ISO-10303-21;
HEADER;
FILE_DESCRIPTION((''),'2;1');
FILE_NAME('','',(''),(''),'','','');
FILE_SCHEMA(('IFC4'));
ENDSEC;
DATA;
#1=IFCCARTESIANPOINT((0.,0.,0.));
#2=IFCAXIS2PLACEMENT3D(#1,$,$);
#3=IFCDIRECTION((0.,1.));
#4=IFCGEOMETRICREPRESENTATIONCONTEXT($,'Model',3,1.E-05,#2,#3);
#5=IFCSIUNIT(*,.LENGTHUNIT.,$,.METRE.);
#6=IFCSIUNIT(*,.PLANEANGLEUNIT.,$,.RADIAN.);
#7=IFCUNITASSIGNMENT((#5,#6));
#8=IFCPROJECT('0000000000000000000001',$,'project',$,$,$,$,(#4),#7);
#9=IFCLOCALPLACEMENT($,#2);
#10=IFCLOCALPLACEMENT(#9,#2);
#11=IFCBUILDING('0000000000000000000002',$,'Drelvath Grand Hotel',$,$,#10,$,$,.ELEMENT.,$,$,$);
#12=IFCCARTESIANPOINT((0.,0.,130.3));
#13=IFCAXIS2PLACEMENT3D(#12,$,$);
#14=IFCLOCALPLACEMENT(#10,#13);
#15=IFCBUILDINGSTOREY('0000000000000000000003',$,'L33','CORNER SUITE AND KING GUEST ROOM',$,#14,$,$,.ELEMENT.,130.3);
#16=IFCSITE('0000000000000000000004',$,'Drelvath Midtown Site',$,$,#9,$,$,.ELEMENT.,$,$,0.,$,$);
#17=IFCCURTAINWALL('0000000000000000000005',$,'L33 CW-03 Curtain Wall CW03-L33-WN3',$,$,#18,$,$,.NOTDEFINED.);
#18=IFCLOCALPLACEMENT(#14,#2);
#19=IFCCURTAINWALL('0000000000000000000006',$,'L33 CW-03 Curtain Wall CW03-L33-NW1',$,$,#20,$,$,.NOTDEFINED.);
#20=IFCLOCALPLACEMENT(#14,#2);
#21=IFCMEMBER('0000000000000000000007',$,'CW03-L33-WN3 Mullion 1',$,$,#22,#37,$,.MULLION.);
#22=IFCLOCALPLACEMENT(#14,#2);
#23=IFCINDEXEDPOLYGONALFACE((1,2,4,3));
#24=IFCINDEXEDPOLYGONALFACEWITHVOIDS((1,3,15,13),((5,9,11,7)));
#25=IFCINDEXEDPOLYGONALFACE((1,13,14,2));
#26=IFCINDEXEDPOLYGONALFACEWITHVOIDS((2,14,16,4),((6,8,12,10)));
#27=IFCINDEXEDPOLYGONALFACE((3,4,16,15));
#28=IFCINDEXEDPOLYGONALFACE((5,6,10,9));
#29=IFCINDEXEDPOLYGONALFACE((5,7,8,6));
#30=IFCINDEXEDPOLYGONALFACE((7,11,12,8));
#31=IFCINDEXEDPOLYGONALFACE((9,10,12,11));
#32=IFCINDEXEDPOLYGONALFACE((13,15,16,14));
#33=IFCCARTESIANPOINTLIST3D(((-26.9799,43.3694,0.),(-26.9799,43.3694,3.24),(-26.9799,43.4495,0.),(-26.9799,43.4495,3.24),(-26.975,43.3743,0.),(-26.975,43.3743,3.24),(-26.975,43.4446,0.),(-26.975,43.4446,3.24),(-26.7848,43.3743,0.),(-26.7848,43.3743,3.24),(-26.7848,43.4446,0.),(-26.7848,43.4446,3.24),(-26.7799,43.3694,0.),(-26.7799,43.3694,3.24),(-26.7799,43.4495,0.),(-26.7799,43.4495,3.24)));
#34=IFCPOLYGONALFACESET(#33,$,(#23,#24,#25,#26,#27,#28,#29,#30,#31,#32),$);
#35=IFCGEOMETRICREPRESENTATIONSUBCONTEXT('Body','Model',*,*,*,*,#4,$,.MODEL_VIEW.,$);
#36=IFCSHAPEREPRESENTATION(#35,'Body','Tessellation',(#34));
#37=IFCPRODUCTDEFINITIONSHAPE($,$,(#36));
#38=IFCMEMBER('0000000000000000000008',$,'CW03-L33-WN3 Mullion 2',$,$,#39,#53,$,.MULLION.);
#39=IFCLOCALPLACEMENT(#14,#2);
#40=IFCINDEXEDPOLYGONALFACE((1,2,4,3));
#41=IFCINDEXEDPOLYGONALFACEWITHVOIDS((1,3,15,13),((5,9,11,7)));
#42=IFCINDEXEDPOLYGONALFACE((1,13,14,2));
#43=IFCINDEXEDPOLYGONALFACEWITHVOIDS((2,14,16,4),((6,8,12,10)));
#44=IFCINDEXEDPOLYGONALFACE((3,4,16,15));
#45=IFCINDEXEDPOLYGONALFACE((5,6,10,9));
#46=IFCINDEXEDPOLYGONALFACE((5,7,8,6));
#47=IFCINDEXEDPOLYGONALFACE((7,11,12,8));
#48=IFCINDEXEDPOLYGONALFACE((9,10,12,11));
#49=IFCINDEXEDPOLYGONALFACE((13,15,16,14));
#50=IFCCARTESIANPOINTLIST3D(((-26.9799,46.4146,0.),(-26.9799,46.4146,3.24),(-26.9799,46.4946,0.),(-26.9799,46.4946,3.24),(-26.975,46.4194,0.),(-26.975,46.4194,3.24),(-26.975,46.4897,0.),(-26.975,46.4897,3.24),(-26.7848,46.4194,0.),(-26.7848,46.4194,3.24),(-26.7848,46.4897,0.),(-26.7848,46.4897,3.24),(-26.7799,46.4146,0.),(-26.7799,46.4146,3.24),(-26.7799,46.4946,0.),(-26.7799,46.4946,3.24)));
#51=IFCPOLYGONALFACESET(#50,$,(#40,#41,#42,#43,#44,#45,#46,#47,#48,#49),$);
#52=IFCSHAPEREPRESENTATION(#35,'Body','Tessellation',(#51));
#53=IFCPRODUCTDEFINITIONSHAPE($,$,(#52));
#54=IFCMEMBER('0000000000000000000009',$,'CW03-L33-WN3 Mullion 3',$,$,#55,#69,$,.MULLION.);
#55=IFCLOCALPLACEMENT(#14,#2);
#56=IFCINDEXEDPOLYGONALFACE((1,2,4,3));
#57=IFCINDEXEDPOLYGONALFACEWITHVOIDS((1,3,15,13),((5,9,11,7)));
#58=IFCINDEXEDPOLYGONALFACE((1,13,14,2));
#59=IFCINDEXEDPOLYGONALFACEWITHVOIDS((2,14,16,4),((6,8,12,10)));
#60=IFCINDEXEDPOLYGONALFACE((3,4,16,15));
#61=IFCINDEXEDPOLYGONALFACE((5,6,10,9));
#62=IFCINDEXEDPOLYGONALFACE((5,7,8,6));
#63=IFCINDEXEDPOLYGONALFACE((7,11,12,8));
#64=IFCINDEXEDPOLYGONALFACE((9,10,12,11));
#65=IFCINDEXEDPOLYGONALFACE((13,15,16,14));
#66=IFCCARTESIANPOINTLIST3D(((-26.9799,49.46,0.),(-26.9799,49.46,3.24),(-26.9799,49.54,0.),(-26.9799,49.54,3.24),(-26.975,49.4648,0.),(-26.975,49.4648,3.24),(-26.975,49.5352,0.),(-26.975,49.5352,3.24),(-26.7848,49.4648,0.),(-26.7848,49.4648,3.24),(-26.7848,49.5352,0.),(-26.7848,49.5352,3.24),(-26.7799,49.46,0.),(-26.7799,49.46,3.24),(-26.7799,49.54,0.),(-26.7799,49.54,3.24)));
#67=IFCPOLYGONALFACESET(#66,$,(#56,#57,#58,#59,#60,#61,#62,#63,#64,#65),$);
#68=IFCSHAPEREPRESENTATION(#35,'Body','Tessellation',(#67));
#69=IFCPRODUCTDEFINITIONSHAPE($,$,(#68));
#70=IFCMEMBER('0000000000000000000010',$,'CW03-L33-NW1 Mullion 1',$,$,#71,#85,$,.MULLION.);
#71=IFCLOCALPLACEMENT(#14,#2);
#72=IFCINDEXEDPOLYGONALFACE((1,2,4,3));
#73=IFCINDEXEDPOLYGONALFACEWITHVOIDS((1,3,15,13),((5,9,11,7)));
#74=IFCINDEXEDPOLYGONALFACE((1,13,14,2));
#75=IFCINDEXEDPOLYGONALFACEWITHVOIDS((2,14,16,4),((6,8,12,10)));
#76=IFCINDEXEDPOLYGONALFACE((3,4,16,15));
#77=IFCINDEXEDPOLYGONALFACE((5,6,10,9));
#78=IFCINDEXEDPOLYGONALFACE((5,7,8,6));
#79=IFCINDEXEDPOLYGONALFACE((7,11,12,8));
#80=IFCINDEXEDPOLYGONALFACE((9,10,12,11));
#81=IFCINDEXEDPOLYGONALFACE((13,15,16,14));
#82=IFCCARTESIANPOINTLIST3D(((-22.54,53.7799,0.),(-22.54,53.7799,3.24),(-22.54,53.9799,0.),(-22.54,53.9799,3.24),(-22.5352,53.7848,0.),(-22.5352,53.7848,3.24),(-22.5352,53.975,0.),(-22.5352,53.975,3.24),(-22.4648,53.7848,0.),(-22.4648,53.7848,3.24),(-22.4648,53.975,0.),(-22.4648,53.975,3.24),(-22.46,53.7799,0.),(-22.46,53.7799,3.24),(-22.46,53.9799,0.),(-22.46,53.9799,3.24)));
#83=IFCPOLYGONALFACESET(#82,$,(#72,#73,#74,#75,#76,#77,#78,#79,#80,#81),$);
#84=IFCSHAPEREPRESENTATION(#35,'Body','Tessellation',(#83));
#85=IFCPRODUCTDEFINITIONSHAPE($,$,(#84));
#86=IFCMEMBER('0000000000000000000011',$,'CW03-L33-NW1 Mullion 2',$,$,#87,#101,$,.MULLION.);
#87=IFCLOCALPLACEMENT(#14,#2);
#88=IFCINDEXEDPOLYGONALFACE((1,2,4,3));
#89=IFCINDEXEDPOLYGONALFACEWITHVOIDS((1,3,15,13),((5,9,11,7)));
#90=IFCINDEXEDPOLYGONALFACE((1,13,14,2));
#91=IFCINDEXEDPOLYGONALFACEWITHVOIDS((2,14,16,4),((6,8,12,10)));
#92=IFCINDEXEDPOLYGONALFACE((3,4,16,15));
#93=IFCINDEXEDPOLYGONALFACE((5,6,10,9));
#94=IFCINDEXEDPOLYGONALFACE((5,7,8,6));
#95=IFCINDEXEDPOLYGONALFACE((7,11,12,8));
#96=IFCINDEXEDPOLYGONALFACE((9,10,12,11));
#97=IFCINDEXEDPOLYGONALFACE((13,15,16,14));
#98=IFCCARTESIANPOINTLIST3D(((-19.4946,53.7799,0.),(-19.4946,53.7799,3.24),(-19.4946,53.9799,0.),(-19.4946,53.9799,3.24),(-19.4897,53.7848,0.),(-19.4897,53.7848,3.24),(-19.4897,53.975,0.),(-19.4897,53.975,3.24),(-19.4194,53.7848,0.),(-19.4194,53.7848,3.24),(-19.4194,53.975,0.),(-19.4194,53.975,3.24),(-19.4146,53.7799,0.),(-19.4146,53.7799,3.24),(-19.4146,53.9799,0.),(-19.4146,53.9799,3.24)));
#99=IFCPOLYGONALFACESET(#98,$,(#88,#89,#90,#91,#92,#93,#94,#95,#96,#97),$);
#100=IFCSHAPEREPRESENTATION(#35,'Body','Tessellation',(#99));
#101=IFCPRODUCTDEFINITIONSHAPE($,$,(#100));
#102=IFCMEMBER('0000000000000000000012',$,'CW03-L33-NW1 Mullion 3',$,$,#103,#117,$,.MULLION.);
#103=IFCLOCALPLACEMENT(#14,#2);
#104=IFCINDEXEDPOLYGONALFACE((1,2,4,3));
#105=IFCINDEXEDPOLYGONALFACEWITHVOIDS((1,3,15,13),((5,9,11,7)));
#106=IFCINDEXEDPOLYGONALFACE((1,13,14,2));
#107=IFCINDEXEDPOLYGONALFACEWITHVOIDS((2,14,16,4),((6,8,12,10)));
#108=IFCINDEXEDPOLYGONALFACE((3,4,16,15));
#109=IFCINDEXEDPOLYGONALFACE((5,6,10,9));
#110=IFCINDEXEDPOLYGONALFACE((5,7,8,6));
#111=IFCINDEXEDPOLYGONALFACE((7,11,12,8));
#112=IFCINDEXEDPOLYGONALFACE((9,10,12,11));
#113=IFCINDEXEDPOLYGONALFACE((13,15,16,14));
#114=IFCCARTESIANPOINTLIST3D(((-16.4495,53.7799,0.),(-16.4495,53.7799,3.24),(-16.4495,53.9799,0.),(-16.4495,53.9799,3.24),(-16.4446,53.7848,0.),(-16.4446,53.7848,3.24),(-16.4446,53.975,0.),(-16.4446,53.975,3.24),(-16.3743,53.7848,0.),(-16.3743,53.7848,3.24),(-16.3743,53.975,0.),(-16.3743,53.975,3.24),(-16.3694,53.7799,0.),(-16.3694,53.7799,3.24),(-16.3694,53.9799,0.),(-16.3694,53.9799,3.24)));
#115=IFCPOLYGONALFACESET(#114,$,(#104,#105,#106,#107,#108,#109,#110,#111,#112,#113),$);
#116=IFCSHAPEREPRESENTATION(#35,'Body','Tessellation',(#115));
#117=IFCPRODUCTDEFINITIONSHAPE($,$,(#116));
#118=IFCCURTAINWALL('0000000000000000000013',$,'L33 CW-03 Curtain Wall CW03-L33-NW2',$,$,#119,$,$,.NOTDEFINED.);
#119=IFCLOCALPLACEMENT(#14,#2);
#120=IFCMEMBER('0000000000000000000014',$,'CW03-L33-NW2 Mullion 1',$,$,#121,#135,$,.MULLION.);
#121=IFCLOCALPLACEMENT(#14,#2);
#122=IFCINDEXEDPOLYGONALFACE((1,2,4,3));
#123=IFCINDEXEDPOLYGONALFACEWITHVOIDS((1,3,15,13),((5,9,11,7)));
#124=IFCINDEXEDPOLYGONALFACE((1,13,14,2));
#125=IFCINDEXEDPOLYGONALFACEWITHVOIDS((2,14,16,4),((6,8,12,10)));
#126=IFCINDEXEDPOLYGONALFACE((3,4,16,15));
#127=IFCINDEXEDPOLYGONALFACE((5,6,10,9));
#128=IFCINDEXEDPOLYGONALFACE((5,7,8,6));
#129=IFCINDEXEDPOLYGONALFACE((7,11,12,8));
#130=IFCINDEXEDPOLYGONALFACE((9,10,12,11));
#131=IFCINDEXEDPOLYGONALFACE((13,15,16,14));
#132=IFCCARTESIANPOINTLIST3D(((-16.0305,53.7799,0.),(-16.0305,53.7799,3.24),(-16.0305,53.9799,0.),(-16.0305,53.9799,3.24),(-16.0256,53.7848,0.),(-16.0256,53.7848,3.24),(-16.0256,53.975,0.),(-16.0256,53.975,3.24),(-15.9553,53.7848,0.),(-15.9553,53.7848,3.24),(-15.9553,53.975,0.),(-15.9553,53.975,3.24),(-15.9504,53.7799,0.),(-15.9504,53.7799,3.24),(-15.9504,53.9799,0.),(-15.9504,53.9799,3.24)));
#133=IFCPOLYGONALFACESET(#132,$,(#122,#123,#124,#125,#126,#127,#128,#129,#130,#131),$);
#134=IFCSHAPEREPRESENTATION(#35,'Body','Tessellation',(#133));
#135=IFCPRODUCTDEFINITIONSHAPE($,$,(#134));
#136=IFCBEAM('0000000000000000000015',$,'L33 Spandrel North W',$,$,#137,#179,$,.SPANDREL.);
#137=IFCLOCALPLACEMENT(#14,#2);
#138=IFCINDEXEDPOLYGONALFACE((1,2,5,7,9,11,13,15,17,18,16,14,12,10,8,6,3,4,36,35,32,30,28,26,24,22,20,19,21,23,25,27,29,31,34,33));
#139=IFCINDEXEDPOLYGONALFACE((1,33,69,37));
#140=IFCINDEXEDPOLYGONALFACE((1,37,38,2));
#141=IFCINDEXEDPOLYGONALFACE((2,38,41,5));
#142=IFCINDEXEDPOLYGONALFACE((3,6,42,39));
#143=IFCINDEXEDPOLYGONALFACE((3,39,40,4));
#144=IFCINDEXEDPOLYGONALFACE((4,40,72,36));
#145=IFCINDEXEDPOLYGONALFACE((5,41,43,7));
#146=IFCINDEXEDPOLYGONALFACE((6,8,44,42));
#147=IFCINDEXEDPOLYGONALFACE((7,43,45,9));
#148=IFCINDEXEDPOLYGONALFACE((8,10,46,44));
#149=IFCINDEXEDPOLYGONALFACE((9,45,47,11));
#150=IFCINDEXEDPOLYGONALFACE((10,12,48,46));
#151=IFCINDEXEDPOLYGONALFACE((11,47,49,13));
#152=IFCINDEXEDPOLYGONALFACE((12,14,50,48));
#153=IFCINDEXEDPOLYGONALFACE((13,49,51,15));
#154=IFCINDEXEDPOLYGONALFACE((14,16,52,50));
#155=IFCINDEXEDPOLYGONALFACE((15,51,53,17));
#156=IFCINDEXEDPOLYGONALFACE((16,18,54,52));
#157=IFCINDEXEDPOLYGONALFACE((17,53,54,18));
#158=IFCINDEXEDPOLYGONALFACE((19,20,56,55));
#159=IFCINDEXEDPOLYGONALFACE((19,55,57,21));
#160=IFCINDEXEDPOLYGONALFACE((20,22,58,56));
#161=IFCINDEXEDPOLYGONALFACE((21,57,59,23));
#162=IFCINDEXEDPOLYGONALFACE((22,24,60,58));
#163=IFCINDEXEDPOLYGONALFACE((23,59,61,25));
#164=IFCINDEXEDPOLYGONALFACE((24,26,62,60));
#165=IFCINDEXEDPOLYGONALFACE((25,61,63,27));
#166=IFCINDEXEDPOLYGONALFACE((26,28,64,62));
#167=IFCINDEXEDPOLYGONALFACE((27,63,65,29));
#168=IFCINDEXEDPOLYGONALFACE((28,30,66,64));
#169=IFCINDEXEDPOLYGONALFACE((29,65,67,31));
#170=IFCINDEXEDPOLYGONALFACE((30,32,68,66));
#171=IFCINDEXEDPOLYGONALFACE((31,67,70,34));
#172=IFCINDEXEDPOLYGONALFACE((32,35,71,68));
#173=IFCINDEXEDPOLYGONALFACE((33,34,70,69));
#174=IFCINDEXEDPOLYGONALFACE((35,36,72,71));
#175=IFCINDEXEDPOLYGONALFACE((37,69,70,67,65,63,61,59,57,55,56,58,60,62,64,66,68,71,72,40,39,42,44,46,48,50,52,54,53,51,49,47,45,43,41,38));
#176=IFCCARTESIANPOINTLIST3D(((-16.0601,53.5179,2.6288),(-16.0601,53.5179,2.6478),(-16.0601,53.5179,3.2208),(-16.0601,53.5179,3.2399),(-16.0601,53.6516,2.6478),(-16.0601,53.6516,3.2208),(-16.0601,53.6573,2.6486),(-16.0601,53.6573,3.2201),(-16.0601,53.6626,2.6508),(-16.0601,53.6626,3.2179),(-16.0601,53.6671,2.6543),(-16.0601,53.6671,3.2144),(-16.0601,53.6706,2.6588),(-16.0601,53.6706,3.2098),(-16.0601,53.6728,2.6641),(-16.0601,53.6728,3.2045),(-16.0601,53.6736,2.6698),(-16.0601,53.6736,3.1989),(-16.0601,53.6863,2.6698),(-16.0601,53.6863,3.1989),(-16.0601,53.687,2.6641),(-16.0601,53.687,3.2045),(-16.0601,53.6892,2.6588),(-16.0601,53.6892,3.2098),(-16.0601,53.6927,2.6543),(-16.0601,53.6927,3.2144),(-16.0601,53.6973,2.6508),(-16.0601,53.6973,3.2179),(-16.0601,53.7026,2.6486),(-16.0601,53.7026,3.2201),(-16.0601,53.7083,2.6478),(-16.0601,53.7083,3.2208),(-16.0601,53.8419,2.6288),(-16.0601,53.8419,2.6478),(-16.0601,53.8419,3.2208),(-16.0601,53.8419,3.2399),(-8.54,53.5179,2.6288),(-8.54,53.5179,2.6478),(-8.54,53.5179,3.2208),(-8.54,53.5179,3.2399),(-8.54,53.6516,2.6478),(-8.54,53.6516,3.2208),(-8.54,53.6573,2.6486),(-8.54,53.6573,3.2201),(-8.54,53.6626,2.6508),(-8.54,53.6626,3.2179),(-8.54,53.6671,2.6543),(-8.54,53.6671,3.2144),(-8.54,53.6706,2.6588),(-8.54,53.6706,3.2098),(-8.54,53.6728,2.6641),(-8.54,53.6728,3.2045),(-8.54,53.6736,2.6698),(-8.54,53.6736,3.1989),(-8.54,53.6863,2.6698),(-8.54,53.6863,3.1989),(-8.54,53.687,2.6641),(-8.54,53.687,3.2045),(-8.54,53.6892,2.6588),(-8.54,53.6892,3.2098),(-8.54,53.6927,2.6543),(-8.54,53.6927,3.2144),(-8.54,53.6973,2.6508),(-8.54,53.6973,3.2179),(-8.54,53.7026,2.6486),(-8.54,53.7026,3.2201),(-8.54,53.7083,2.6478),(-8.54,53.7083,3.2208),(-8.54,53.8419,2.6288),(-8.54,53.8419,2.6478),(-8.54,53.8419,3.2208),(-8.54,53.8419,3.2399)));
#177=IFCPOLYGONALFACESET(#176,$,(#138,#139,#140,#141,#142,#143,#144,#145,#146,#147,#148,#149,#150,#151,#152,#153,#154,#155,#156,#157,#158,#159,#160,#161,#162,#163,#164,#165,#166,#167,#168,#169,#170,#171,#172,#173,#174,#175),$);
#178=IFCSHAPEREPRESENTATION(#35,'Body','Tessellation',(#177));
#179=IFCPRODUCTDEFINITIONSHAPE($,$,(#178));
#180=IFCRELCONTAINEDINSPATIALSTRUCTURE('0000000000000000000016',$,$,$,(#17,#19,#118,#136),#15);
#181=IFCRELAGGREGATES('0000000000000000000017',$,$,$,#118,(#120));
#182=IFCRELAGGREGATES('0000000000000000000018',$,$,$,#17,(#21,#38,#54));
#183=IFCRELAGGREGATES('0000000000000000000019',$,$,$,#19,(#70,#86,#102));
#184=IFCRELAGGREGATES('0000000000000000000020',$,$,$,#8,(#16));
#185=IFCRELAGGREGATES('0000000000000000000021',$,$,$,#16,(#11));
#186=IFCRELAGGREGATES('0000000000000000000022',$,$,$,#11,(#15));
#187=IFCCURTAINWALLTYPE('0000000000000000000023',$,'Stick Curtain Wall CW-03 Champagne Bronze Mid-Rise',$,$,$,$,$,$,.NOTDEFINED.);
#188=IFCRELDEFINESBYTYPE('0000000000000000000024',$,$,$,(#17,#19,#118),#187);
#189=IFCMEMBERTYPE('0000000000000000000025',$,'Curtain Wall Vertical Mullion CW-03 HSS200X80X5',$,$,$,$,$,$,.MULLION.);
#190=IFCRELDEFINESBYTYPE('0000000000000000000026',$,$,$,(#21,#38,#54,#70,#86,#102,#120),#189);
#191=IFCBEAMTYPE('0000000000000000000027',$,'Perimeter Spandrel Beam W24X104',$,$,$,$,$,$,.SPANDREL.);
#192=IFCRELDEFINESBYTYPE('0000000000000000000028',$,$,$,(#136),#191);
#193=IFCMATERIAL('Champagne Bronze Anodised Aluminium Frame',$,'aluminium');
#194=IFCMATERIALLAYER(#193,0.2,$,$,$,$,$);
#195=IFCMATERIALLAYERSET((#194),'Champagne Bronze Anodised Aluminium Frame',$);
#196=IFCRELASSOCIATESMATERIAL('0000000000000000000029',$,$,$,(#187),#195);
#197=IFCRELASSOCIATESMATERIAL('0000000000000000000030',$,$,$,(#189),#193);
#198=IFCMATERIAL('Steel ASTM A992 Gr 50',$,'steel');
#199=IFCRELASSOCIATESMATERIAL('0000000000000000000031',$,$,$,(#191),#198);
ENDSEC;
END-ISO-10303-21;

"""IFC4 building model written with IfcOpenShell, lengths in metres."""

from ifc_helpers import new_model, si_unit, direction, frame, origin, origin_2d, place, context, subcontext, project, spatial, hollow_rectangle, i_section, extrude, material, layer, layer_set, material_profile, profile_set, type_object, element, aggregate, save


model = new_model("IFC4")

# Units and contexts
model_context = context("Model", 3, precision=1e-05, world=origin(), true_north=direction((0.0, 1.0)))
body_context = subcontext(model_context, "Body", "Model", "MODEL_VIEW")
ifc_project = project(units=[si_unit("LENGTHUNIT", "METRE"), si_unit("PLANEANGLEUNIT", "RADIAN")], contexts=[model_context])

# Site, building, storey
site_placement = place(None, origin())
site = spatial("IfcSite", under=ifc_project, at=site_placement, Name="Drelvath Midtown Site", CompositionType="ELEMENT", RefElevation=0.0)
building_placement = place(site_placement, origin())
building = spatial("IfcBuilding", under=site, at=building_placement, Name="Drelvath Grand Hotel", CompositionType="ELEMENT")
storey_placement = place(building_placement, frame((0.0, 0.0, 130.3)))
storey = spatial("IfcBuildingStorey", under=building, at=storey_placement, Name="L33", Description="CORNER SUITE AND KING GUEST ROOM", CompositionType="ELEMENT", Elevation=130.3)

# Shared definitions
ifc_material_1 = material(Name="Steel ASTM A992 Gr 50", Category="steel")

# Curtain walls
ifc_material_2 = material(Name="Champagne Bronze Anodised Aluminium Frame", Category="aluminium")
ifc_layer_1 = layer(ifc_material_2, 0.2)
ifc_layer_set_1 = layer_set([ifc_layer_1], Name="Champagne Bronze Anodised Aluminium Frame")
curtain_wall_type = type_object("IfcCurtainWallType", Name="Stick Curtain Wall CW-03 Champagne Bronze Mid-Rise", PredefinedType="NOTDEFINED", material=ifc_layer_set_1)
curtain_wall_1_placement = place(storey_placement, origin())
curtain_wall_1 = element("IfcCurtainWall", 1, at=curtain_wall_1_placement, inside=storey, type_object=curtain_wall_type, Name="L33 CW-03 Curtain Wall CW03-L33-WN3", PredefinedType="NOTDEFINED")
curtain_wall_2_placement = place(storey_placement, origin())
curtain_wall_2 = element("IfcCurtainWall", 2, at=curtain_wall_2_placement, inside=storey, type_object=curtain_wall_type, Name="L33 CW-03 Curtain Wall CW03-L33-NW1", PredefinedType="NOTDEFINED")

# Members
ifc_material_profile_1 = material_profile(ifc_material_2, hollow_rectangle(XDim=0.0801, YDim=0.2, WallThickness=0.0049, at=origin_2d()), Name="HSS200X80X5")
ifc_profile_set_1 = profile_set([ifc_material_profile_1], Name="Champagne Bronze Anodised Aluminium Frame")
member_type_1 = type_object("IfcMemberType", Name="Curtain Wall Vertical Mullion CW-03 HSS200X80X5", PredefinedType="MULLION", material=ifc_profile_set_1)
member_1_placement = place(storey_placement, frame((-26.8799, 43.4094, 0.0), z_axis=(0.0, 0.0, 1.0), x_axis=(0.0, 1.0, 0.0)))
member_1 = element("IfcMember", 3, at=member_1_placement, type_object=member_type_1, Name="CW03-L33-WN3 Mullion 1", PredefinedType="MULLION", context=body_context, shape_type="SweptSolid", body=[
    extrude(hollow_rectangle(XDim=0.0801, YDim=0.2, WallThickness=0.0049, at=origin_2d()), origin(), (0.0, 0.0, 1.0), 3.24),
])
member_2_placement = place(storey_placement, frame((-26.8799, 46.4546, 0.0), z_axis=(0.0, 0.0, 1.0), x_axis=(0.0, 1.0, 0.0)))
member_2 = element("IfcMember", 4, at=member_2_placement, type_object=member_type_1, Name="CW03-L33-WN3 Mullion 2", PredefinedType="MULLION", context=body_context, shape_type="SweptSolid", body=[
    extrude(hollow_rectangle(XDim=0.0801, YDim=0.2, WallThickness=0.0049, at=origin_2d()), origin(), (0.0, 0.0, 1.0), 3.24),
])
member_3_placement = place(storey_placement, frame((-26.8799, 49.5, 0.0), z_axis=(0.0, 0.0, 1.0), x_axis=(0.0, 1.0, 0.0)))
member_3 = element("IfcMember", 5, at=member_3_placement, type_object=member_type_1, Name="CW03-L33-WN3 Mullion 3", PredefinedType="MULLION", context=body_context, shape_type="SweptSolid", body=[
    extrude(hollow_rectangle(XDim=0.0801, YDim=0.2, WallThickness=0.0049, at=origin_2d()), origin(), (0.0, 0.0, 1.0), 3.24),
])
member_4_placement = place(storey_placement, frame((-22.5, 53.8799, 0.0), z_axis=(0.0, 0.0, 1.0), x_axis=(1.0, 0.0, 0.0)))
member_4 = element("IfcMember", 6, at=member_4_placement, type_object=member_type_1, Name="CW03-L33-NW1 Mullion 1", PredefinedType="MULLION", context=body_context, shape_type="SweptSolid", body=[
    extrude(hollow_rectangle(XDim=0.0801, YDim=0.2, WallThickness=0.0049, at=origin_2d()), origin(), (0.0, 0.0, 1.0), 3.24),
])
member_5_placement = place(storey_placement, frame((-19.4546, 53.8799, 0.0), z_axis=(0.0, 0.0, 1.0), x_axis=(1.0, 0.0, 0.0)))
member_5 = element("IfcMember", 7, at=member_5_placement, type_object=member_type_1, Name="CW03-L33-NW1 Mullion 2", PredefinedType="MULLION", context=body_context, shape_type="SweptSolid", body=[
    extrude(hollow_rectangle(XDim=0.0801, YDim=0.2, WallThickness=0.0049, at=origin_2d()), origin(), (0.0, 0.0, 1.0), 3.24),
])
member_6_placement = place(storey_placement, frame((-16.4094, 53.8799, 0.0), z_axis=(0.0, 0.0, 1.0), x_axis=(1.0, 0.0, 0.0)))
member_6 = element("IfcMember", 8, at=member_6_placement, type_object=member_type_1, Name="CW03-L33-NW1 Mullion 3", PredefinedType="MULLION", context=body_context, shape_type="SweptSolid", body=[
    extrude(hollow_rectangle(XDim=0.0801, YDim=0.2, WallThickness=0.0049, at=origin_2d()), origin(), (0.0, 0.0, 1.0), 3.24),
])

# Curtain wall, member
curtain_wall_3_placement = place(storey_placement, origin())
curtain_wall_3 = element("IfcCurtainWall", 9, at=curtain_wall_3_placement, inside=storey, type_object=curtain_wall_type, Name="L33 CW-03 Curtain Wall CW03-L33-NW2", PredefinedType="NOTDEFINED")
member_7_placement = place(storey_placement, frame((-15.9905, 53.8799, 0.0), z_axis=(0.0, 0.0, 1.0), x_axis=(1.0, 0.0, 0.0)))
member_7 = element("IfcMember", 10, at=member_7_placement, type_object=member_type_1, Name="CW03-L33-NW2 Mullion 1", PredefinedType="MULLION", context=body_context, shape_type="SweptSolid", body=[
    extrude(hollow_rectangle(XDim=0.0801, YDim=0.2, WallThickness=0.0049, at=origin_2d()), origin(), (0.0, 0.0, 1.0), 3.24),
])
aggregate(curtain_wall_3, [member_7])

# Beam
ifc_material_profile_2 = material_profile(ifc_material_1, i_section(OverallWidth=0.324, OverallDepth=0.6111, WebThickness=0.0127, FlangeThickness=0.019, FilletRadius=0.022, at=origin_2d()), Name="W24X104")
ifc_profile_set_2 = profile_set([ifc_material_profile_2], Name="Steel ASTM A992 Gr 50")
beam_type_1 = type_object("IfcBeamType", Name="Perimeter Spandrel Beam W24X104", PredefinedType="SPANDREL", material=ifc_profile_set_2)
beam_1_placement = place(storey_placement, frame((-16.0601, 53.6799, 2.9343), z_axis=(1.0, 0.0, 0.0), x_axis=(0.0, 1.0, 0.0)))
element("IfcBeam", 11, at=beam_1_placement, inside=storey, type_object=beam_type_1, Name="L33 Spandrel North W", PredefinedType="SPANDREL", context=body_context, shape_type="SweptSolid", body=[
    extrude(i_section(OverallWidth=0.324, OverallDepth=0.6111, WebThickness=0.0127, FlangeThickness=0.019, FilletRadius=0.022, at=origin_2d()), origin(), (0.0, 0.0, 1.0), 7.52),
])

aggregate(curtain_wall_1, [member_1, member_2, member_3])
aggregate(curtain_wall_2, [member_4, member_5, member_6])

save(model, "model.ifc")
